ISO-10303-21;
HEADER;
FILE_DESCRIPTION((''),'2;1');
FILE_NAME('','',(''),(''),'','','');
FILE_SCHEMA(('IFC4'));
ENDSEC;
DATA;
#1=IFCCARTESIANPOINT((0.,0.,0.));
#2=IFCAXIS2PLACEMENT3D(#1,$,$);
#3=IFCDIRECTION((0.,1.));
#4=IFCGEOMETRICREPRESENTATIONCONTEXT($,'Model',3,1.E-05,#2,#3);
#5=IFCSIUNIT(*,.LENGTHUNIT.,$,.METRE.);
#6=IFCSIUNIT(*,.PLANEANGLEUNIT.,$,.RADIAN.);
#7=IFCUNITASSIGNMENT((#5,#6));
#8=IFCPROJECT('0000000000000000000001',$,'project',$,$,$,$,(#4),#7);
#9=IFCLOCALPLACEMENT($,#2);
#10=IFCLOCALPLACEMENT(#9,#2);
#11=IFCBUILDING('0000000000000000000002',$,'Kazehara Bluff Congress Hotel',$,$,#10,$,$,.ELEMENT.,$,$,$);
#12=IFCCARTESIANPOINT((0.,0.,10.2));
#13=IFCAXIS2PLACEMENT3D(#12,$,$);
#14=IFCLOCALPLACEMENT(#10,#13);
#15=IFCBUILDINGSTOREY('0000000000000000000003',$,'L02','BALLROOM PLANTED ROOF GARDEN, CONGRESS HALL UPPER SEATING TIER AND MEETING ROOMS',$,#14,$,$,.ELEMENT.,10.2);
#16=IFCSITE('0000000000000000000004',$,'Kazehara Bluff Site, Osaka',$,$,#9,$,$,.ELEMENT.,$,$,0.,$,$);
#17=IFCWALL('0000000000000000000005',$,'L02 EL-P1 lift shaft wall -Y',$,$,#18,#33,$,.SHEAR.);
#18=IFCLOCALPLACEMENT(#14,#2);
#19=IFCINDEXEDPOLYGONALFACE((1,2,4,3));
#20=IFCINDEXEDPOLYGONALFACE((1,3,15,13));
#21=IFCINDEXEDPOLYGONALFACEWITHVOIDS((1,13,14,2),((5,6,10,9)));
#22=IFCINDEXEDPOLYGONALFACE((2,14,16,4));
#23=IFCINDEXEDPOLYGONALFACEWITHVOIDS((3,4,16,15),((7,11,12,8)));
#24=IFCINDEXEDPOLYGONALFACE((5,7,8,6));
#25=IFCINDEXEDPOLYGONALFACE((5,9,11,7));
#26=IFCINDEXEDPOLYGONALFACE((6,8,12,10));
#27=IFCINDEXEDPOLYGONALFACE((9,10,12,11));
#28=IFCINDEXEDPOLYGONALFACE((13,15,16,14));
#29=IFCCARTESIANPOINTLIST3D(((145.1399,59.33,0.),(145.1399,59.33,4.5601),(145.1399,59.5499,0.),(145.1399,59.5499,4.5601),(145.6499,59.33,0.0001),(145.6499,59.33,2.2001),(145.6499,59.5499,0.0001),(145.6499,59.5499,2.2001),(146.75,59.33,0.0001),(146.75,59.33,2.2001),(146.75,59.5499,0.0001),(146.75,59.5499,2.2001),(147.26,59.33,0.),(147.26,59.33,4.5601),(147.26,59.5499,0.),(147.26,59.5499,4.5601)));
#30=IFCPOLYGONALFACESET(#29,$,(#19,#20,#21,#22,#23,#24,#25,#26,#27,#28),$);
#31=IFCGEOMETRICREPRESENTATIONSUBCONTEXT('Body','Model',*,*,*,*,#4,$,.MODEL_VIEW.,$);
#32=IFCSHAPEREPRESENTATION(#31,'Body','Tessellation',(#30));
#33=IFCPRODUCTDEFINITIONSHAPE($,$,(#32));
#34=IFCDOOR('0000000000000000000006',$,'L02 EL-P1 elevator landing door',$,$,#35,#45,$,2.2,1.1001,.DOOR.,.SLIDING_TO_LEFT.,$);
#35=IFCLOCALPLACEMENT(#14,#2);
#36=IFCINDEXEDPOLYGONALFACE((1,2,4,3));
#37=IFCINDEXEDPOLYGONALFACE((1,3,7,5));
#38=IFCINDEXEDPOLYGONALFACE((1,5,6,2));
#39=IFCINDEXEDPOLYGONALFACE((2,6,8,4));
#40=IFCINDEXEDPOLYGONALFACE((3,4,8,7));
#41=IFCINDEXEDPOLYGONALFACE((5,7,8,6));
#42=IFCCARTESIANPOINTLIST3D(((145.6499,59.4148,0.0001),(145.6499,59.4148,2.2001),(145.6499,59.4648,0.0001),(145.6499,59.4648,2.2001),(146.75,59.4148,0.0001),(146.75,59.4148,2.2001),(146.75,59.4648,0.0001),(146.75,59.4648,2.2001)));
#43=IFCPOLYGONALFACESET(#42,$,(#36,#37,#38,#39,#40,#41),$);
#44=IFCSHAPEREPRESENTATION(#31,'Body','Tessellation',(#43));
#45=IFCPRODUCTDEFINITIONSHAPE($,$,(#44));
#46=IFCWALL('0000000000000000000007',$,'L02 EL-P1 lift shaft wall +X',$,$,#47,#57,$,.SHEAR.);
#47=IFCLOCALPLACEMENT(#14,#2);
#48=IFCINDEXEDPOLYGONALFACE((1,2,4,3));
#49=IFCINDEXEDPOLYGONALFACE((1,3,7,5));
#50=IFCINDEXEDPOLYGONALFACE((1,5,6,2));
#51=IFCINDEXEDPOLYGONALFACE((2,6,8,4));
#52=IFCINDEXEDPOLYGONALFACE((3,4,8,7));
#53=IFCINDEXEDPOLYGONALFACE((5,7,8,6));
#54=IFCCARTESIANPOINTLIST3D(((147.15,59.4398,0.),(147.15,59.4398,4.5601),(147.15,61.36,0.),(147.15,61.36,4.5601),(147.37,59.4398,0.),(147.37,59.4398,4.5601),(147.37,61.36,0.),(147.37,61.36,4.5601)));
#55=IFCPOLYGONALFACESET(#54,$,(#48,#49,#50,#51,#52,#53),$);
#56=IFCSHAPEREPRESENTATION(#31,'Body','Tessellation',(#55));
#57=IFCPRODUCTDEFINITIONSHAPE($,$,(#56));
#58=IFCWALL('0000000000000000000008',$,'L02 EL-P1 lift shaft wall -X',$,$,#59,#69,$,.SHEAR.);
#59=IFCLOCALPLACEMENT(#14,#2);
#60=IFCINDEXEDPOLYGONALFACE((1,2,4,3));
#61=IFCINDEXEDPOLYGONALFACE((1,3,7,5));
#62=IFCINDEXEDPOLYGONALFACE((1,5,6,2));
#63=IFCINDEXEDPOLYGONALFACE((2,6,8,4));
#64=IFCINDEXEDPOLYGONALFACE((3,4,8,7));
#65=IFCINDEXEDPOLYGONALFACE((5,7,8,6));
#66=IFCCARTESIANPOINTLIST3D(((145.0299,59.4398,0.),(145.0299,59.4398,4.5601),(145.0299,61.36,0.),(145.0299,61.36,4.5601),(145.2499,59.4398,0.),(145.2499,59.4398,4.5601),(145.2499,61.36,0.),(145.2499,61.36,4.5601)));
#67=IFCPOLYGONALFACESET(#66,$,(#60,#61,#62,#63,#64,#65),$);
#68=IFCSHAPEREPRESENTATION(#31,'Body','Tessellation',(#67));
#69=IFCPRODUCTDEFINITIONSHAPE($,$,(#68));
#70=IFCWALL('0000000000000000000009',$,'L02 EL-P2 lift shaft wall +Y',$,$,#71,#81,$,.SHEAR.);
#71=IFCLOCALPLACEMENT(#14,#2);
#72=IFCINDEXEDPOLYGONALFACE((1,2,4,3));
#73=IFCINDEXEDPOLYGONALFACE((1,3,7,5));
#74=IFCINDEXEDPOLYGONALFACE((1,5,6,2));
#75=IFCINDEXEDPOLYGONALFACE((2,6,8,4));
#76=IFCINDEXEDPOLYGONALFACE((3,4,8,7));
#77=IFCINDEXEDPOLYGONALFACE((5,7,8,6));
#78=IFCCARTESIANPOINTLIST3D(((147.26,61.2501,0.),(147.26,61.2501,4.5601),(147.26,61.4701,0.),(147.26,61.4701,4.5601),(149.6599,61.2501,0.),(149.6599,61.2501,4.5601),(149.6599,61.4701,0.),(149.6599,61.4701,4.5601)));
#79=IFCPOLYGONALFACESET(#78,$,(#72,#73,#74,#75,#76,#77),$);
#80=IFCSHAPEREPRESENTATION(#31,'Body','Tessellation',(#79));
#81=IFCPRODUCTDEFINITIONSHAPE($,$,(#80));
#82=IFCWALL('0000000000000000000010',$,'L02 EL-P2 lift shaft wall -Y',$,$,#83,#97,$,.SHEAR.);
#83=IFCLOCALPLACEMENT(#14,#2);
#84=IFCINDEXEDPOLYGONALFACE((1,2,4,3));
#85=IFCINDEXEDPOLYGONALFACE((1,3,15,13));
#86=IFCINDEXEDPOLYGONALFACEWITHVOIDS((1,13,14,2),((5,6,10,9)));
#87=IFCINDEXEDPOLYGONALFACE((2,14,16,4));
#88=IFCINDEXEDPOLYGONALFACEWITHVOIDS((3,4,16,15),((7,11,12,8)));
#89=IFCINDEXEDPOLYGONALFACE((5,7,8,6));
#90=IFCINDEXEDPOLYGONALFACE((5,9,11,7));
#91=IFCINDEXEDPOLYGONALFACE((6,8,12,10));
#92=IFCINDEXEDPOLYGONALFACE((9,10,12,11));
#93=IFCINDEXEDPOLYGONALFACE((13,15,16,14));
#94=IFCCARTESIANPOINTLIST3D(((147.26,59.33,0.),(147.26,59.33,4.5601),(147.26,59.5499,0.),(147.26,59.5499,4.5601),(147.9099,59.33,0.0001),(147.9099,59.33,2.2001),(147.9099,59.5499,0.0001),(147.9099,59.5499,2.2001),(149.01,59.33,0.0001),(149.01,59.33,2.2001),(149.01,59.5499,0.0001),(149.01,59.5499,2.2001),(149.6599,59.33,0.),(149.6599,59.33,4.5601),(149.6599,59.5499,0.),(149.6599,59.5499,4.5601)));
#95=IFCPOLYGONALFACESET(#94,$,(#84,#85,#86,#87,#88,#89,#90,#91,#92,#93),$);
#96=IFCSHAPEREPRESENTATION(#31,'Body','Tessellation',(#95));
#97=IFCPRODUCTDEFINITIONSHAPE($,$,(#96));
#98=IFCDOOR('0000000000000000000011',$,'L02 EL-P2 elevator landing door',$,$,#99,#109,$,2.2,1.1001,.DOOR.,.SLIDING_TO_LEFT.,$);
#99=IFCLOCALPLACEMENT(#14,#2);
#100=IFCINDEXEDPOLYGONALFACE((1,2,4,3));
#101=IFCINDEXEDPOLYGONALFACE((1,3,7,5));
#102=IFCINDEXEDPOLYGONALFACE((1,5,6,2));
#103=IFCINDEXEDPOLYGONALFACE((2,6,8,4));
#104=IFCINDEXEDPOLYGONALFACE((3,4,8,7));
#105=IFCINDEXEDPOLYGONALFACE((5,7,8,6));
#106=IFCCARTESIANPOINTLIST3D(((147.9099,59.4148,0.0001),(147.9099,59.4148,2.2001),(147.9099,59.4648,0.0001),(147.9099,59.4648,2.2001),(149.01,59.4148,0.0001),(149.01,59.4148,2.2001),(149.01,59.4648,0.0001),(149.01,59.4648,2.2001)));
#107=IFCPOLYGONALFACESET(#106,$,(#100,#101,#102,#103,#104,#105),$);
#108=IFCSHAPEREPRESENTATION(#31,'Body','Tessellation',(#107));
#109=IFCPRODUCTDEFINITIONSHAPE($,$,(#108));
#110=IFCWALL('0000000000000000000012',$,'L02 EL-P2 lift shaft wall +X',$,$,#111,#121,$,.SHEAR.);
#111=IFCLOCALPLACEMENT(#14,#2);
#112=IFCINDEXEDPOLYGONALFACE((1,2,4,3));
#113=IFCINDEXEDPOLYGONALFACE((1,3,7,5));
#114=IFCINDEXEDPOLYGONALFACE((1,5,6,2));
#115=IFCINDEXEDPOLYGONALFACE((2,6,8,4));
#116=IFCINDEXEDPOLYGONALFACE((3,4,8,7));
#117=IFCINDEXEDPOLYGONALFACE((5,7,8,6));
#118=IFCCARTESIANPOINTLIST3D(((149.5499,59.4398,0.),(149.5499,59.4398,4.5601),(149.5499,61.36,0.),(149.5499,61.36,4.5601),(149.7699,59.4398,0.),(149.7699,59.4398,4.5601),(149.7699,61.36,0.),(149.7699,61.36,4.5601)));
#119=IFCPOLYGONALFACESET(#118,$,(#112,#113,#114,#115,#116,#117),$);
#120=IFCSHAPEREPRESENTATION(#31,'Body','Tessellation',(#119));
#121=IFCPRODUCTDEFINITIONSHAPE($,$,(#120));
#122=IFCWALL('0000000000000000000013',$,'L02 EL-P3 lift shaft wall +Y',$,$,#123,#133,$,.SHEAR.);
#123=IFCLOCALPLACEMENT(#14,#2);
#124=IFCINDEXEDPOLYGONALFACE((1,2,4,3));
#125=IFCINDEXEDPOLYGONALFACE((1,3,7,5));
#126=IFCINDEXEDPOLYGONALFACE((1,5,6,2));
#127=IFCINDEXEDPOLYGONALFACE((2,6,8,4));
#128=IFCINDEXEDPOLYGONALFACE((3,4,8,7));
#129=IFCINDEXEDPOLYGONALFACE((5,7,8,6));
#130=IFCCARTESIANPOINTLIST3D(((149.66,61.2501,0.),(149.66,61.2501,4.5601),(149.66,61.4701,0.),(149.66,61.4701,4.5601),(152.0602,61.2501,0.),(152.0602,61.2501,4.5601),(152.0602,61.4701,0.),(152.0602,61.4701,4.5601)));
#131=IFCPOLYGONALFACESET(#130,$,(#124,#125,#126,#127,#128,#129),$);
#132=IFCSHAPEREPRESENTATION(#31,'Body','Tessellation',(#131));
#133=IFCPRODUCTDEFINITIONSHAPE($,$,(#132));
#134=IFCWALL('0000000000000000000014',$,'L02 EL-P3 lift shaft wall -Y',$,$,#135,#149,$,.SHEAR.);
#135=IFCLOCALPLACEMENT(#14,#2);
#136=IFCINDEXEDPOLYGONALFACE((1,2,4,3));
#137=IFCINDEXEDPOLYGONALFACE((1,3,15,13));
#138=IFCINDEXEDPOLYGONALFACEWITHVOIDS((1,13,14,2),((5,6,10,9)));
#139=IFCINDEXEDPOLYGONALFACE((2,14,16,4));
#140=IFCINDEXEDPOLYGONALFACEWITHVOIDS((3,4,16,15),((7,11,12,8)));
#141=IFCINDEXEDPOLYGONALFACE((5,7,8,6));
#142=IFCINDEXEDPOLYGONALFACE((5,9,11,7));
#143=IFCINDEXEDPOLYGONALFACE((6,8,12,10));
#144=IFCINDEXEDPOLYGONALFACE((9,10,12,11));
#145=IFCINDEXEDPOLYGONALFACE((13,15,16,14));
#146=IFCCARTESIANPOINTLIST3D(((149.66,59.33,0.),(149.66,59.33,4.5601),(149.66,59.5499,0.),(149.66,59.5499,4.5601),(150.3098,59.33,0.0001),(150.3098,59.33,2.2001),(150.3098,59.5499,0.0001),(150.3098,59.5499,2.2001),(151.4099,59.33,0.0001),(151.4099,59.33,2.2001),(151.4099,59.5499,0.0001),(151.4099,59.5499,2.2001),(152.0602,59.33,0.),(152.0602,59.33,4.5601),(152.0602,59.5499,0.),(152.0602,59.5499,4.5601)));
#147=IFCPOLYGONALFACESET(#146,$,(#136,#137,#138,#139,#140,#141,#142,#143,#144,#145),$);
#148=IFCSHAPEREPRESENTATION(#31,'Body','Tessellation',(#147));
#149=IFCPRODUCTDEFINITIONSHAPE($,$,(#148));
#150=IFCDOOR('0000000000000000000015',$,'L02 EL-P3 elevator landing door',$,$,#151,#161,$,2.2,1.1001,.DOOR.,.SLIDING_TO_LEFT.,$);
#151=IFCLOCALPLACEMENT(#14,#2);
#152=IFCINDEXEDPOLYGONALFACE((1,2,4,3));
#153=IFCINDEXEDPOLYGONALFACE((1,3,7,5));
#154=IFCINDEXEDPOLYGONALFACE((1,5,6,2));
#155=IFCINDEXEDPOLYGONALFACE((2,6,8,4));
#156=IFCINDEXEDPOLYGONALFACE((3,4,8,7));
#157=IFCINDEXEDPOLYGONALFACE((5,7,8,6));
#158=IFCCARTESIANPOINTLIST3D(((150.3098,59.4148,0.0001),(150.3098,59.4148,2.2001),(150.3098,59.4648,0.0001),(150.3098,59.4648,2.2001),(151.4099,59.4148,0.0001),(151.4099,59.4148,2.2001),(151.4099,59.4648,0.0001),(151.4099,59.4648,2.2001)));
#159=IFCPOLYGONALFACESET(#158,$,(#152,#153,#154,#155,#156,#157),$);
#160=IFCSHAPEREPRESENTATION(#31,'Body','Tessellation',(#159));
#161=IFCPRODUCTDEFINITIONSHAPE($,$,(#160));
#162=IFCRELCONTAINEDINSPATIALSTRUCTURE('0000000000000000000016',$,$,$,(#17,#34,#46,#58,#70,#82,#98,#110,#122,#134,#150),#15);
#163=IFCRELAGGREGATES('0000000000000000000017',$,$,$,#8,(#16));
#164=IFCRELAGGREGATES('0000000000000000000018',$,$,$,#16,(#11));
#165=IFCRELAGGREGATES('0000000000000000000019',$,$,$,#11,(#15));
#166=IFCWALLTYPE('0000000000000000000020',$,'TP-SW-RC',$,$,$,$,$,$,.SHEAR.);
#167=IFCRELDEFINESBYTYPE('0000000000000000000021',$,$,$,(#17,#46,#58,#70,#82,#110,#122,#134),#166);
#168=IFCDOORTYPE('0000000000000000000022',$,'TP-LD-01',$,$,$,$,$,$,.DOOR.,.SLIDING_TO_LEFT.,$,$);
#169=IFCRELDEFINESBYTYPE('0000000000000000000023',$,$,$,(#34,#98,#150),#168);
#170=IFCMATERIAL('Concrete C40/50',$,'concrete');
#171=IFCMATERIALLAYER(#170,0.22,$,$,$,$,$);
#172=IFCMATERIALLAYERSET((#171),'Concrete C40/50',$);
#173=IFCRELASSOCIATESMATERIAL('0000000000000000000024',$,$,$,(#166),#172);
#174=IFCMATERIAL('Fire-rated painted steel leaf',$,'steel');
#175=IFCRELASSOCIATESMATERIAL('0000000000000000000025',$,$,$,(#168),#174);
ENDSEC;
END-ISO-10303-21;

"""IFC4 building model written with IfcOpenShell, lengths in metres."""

from ifc_helpers import new_model, si_unit, direction, frame, frame_2d, origin, place, context, subcontext, project, spatial, rectangle, extrude, material, layer, layer_set, type_object, element, fill, save


model = new_model("IFC4")

# Units and contexts
model_context = context("Model", 3, precision=1e-05, world=origin(), true_north=direction((0.0, 1.0)))
body_context = subcontext(model_context, "Body", "Model", "MODEL_VIEW")
ifc_project = project(units=[si_unit("LENGTHUNIT", "METRE"), si_unit("PLANEANGLEUNIT", "RADIAN")], contexts=[model_context])

# Site, building, storey
site_placement = place(None, origin())
site = spatial("IfcSite", under=ifc_project, at=site_placement, Name="Kazehara Bluff Site, Osaka", CompositionType="ELEMENT", RefElevation=0.0)
building_placement = place(site_placement, origin())
building = spatial("IfcBuilding", under=site, at=building_placement, Name="Kazehara Bluff Congress Hotel", CompositionType="ELEMENT")
storey_placement = place(building_placement, frame((0.0, 0.0, 10.2)))
storey = spatial("IfcBuildingStorey", under=building, at=storey_placement, Name="L02", Description="BALLROOM PLANTED ROOF GARDEN, CONGRESS HALL UPPER SEATING TIER AND MEETING ROOMS", CompositionType="ELEMENT", Elevation=10.2)

# Shared definitions
ifc_material_1 = material(Name="Concrete C40/50", Category="concrete")
ifc_layer_1 = layer(ifc_material_1, 0.22)
ifc_layer_set_1 = layer_set([ifc_layer_1], Name="Concrete C40/50")
wall_type_1 = type_object("IfcWallType", Name="TP-SW-RC", PredefinedType="SHEAR", material=ifc_layer_set_1)

# Wall, opening, door
wall_1_placement = place(storey_placement, frame((145.1399, 59.4399, 0.0), z_axis=(0.0, 0.0, 1.0), x_axis=(1.0, 0.0, 0.0)))
wall_1 = element("IfcWall", 1, at=wall_1_placement, inside=storey, type_object=wall_type_1, Name="L02 EL-P1 lift shaft wall -Y", PredefinedType="SHEAR", context=body_context, shape_type="SweptSolid", body=[
    extrude(rectangle(XDim=2.1201, YDim=0.22, at=frame_2d((1.0601, 0.0))), origin(), (0.0, 0.0, 1.0), 4.5601),
])
opening_1_placement = place(wall_1_placement, frame((0.51, 0.0, 0.0)))
opening_1 = element("IfcOpeningElement", 2, at=opening_1_placement, cuts=wall_1, PredefinedType="OPENING", context=body_context, shape_type="SweptSolid", body=[
    extrude(rectangle(XDim=1.1001, YDim=2.2, at=frame_2d((0.55, 1.1001))), frame((0.0, 0.1199, 0.0), z_axis=(0.0, -1.0, 0.0), x_axis=(1.0, 0.0, 0.0)), (0.0, 0.0, 1.0), 0.24),
])
ifc_material_2 = material(Name="Fire-rated painted steel leaf", Category="steel")
door_type = type_object("IfcDoorType", Name="TP-LD-01", OperationType="SLIDING_TO_LEFT", PredefinedType="DOOR", material=ifc_material_2)
door_1_placement = place(opening_1_placement, origin())
door_1 = element("IfcDoor", 3, at=door_1_placement, inside=storey, type_object=door_type, Name="L02 EL-P1 elevator landing door", OperationType="SLIDING_TO_LEFT", OverallHeight=2.2, OverallWidth=1.1001, PredefinedType="DOOR", context=body_context, shape_type="SweptSolid", body=[
    extrude(rectangle(XDim=1.1001, YDim=2.2, at=frame_2d((0.55, 1.1001))), frame((0.0, 0.0249, 0.0), z_axis=(0.0, -1.0, 0.0), x_axis=(1.0, 0.0, 0.0)), (0.0, 0.0, 1.0), 0.05),
])
fill(opening_1, door_1)

# Walls
for number, where, z_axis, x_axis, name in (
    (4, (147.26, 59.4399, 0.0), (0.0, 0.0, 1.0), (0.0, 1.0, 0.0), "L02 EL-P1 lift shaft wall +X"),
    (5, (145.1399, 59.4399, 0.0), (0.0, 0.0, 1.0), (0.0, 1.0, 0.0), "L02 EL-P1 lift shaft wall -X"),
):
    element("IfcWall", number, at=place(storey_placement, frame(where, z_axis=z_axis, x_axis=x_axis)), inside=storey, type_object=wall_type_1, Name=name, PredefinedType="SHEAR", context=body_context, shape_type="SweptSolid", body=[
        extrude(rectangle(XDim=1.9202, YDim=0.22, at=frame_2d((0.96, 0.0))), origin(), (0.0, 0.0, 1.0), 4.5601),
    ])
wall_2_placement = place(storey_placement, frame((147.26, 61.3601, 0.0), z_axis=(0.0, 0.0, 1.0), x_axis=(1.0, 0.0, 0.0)))
element("IfcWall", 6, at=wall_2_placement, inside=storey, type_object=wall_type_1, Name="L02 EL-P2 lift shaft wall +Y", PredefinedType="SHEAR", context=body_context, shape_type="SweptSolid", body=[
    extrude(rectangle(XDim=2.3999, YDim=0.22, at=frame_2d((1.2, 0.0))), origin(), (0.0, 0.0, 1.0), 4.5601),
])

# Wall, opening, door
wall_3_placement = place(storey_placement, frame((147.26, 59.4399, 0.0), z_axis=(0.0, 0.0, 1.0), x_axis=(1.0, 0.0, 0.0)))
wall_3 = element("IfcWall", 7, at=wall_3_placement, inside=storey, type_object=wall_type_1, Name="L02 EL-P2 lift shaft wall -Y", PredefinedType="SHEAR", context=body_context, shape_type="SweptSolid", body=[
    extrude(rectangle(XDim=2.3999, YDim=0.22, at=frame_2d((1.2, 0.0))), origin(), (0.0, 0.0, 1.0), 4.5601),
])
opening_2_placement = place(wall_3_placement, frame((0.6499, 0.0, 0.0)))
opening_2 = element("IfcOpeningElement", 8, at=opening_2_placement, cuts=wall_3, PredefinedType="OPENING", context=body_context, shape_type="SweptSolid", body=[
    extrude(rectangle(XDim=1.1001, YDim=2.2, at=frame_2d((0.55, 1.1001))), frame((0.0, 0.1199, 0.0), z_axis=(0.0, -1.0, 0.0), x_axis=(1.0, 0.0, 0.0)), (0.0, 0.0, 1.0), 0.24),
])
door_2_placement = place(opening_2_placement, origin())
door_2 = element("IfcDoor", 9, at=door_2_placement, inside=storey, type_object=door_type, Name="L02 EL-P2 elevator landing door", OperationType="SLIDING_TO_LEFT", OverallHeight=2.2, OverallWidth=1.1001, PredefinedType="DOOR", context=body_context, shape_type="SweptSolid", body=[
    extrude(rectangle(XDim=1.1001, YDim=2.2, at=frame_2d((0.55, 1.1001))), frame((0.0, 0.0249, 0.0), z_axis=(0.0, -1.0, 0.0), x_axis=(1.0, 0.0, 0.0)), (0.0, 0.0, 1.0), 0.05),
])
fill(opening_2, door_2)

# Walls
wall_4_placement = place(storey_placement, frame((149.6599, 59.4399, 0.0), z_axis=(0.0, 0.0, 1.0), x_axis=(0.0, 1.0, 0.0)))
element("IfcWall", 10, at=wall_4_placement, inside=storey, type_object=wall_type_1, Name="L02 EL-P2 lift shaft wall +X", PredefinedType="SHEAR", context=body_context, shape_type="SweptSolid", body=[
    extrude(rectangle(XDim=1.9202, YDim=0.22, at=frame_2d((0.96, 0.0))), origin(), (0.0, 0.0, 1.0), 4.5601),
])
wall_5_placement = place(storey_placement, frame((149.6599, 61.3601, 0.0), z_axis=(0.0, 0.0, 1.0), x_axis=(1.0, 0.0, 0.0)))
element("IfcWall", 11, at=wall_5_placement, inside=storey, type_object=wall_type_1, Name="L02 EL-P3 lift shaft wall +Y", PredefinedType="SHEAR", context=body_context, shape_type="SweptSolid", body=[
    extrude(rectangle(XDim=2.4001, YDim=0.22, at=frame_2d((1.2002, 0.0))), origin(), (0.0, 0.0, 1.0), 4.5601),
])

# Wall, opening, door
wall_6_placement = place(storey_placement, frame((149.6599, 59.4399, 0.0), z_axis=(0.0, 0.0, 1.0), x_axis=(1.0, 0.0, 0.0)))
wall_6 = element("IfcWall", 12, at=wall_6_placement, inside=storey, type_object=wall_type_1, Name="L02 EL-P3 lift shaft wall -Y", PredefinedType="SHEAR", context=body_context, shape_type="SweptSolid", body=[
    extrude(rectangle(XDim=2.4001, YDim=0.22, at=frame_2d((1.2002, 0.0))), origin(), (0.0, 0.0, 1.0), 4.5601),
])
opening_3_placement = place(wall_6_placement, frame((0.6499, 0.0, 0.0)))
opening_3 = element("IfcOpeningElement", 13, at=opening_3_placement, cuts=wall_6, PredefinedType="OPENING", context=body_context, shape_type="SweptSolid", body=[
    extrude(rectangle(XDim=1.1001, YDim=2.2, at=frame_2d((0.55, 1.1001))), frame((0.0, 0.1199, 0.0), z_axis=(0.0, -1.0, 0.0), x_axis=(1.0, 0.0, 0.0)), (0.0, 0.0, 1.0), 0.24),
])
door_3_placement = place(opening_3_placement, origin())
door_3 = element("IfcDoor", 14, at=door_3_placement, inside=storey, type_object=door_type, Name="L02 EL-P3 elevator landing door", OperationType="SLIDING_TO_LEFT", OverallHeight=2.2, OverallWidth=1.1001, PredefinedType="DOOR", context=body_context, shape_type="SweptSolid", body=[
    extrude(rectangle(XDim=1.1001, YDim=2.2, at=frame_2d((0.55, 1.1001))), frame((0.0, 0.0249, 0.0), z_axis=(0.0, -1.0, 0.0), x_axis=(1.0, 0.0, 0.0)), (0.0, 0.0, 1.0), 0.05),
])
fill(opening_3, door_3)

save(model, "model.ifc")
